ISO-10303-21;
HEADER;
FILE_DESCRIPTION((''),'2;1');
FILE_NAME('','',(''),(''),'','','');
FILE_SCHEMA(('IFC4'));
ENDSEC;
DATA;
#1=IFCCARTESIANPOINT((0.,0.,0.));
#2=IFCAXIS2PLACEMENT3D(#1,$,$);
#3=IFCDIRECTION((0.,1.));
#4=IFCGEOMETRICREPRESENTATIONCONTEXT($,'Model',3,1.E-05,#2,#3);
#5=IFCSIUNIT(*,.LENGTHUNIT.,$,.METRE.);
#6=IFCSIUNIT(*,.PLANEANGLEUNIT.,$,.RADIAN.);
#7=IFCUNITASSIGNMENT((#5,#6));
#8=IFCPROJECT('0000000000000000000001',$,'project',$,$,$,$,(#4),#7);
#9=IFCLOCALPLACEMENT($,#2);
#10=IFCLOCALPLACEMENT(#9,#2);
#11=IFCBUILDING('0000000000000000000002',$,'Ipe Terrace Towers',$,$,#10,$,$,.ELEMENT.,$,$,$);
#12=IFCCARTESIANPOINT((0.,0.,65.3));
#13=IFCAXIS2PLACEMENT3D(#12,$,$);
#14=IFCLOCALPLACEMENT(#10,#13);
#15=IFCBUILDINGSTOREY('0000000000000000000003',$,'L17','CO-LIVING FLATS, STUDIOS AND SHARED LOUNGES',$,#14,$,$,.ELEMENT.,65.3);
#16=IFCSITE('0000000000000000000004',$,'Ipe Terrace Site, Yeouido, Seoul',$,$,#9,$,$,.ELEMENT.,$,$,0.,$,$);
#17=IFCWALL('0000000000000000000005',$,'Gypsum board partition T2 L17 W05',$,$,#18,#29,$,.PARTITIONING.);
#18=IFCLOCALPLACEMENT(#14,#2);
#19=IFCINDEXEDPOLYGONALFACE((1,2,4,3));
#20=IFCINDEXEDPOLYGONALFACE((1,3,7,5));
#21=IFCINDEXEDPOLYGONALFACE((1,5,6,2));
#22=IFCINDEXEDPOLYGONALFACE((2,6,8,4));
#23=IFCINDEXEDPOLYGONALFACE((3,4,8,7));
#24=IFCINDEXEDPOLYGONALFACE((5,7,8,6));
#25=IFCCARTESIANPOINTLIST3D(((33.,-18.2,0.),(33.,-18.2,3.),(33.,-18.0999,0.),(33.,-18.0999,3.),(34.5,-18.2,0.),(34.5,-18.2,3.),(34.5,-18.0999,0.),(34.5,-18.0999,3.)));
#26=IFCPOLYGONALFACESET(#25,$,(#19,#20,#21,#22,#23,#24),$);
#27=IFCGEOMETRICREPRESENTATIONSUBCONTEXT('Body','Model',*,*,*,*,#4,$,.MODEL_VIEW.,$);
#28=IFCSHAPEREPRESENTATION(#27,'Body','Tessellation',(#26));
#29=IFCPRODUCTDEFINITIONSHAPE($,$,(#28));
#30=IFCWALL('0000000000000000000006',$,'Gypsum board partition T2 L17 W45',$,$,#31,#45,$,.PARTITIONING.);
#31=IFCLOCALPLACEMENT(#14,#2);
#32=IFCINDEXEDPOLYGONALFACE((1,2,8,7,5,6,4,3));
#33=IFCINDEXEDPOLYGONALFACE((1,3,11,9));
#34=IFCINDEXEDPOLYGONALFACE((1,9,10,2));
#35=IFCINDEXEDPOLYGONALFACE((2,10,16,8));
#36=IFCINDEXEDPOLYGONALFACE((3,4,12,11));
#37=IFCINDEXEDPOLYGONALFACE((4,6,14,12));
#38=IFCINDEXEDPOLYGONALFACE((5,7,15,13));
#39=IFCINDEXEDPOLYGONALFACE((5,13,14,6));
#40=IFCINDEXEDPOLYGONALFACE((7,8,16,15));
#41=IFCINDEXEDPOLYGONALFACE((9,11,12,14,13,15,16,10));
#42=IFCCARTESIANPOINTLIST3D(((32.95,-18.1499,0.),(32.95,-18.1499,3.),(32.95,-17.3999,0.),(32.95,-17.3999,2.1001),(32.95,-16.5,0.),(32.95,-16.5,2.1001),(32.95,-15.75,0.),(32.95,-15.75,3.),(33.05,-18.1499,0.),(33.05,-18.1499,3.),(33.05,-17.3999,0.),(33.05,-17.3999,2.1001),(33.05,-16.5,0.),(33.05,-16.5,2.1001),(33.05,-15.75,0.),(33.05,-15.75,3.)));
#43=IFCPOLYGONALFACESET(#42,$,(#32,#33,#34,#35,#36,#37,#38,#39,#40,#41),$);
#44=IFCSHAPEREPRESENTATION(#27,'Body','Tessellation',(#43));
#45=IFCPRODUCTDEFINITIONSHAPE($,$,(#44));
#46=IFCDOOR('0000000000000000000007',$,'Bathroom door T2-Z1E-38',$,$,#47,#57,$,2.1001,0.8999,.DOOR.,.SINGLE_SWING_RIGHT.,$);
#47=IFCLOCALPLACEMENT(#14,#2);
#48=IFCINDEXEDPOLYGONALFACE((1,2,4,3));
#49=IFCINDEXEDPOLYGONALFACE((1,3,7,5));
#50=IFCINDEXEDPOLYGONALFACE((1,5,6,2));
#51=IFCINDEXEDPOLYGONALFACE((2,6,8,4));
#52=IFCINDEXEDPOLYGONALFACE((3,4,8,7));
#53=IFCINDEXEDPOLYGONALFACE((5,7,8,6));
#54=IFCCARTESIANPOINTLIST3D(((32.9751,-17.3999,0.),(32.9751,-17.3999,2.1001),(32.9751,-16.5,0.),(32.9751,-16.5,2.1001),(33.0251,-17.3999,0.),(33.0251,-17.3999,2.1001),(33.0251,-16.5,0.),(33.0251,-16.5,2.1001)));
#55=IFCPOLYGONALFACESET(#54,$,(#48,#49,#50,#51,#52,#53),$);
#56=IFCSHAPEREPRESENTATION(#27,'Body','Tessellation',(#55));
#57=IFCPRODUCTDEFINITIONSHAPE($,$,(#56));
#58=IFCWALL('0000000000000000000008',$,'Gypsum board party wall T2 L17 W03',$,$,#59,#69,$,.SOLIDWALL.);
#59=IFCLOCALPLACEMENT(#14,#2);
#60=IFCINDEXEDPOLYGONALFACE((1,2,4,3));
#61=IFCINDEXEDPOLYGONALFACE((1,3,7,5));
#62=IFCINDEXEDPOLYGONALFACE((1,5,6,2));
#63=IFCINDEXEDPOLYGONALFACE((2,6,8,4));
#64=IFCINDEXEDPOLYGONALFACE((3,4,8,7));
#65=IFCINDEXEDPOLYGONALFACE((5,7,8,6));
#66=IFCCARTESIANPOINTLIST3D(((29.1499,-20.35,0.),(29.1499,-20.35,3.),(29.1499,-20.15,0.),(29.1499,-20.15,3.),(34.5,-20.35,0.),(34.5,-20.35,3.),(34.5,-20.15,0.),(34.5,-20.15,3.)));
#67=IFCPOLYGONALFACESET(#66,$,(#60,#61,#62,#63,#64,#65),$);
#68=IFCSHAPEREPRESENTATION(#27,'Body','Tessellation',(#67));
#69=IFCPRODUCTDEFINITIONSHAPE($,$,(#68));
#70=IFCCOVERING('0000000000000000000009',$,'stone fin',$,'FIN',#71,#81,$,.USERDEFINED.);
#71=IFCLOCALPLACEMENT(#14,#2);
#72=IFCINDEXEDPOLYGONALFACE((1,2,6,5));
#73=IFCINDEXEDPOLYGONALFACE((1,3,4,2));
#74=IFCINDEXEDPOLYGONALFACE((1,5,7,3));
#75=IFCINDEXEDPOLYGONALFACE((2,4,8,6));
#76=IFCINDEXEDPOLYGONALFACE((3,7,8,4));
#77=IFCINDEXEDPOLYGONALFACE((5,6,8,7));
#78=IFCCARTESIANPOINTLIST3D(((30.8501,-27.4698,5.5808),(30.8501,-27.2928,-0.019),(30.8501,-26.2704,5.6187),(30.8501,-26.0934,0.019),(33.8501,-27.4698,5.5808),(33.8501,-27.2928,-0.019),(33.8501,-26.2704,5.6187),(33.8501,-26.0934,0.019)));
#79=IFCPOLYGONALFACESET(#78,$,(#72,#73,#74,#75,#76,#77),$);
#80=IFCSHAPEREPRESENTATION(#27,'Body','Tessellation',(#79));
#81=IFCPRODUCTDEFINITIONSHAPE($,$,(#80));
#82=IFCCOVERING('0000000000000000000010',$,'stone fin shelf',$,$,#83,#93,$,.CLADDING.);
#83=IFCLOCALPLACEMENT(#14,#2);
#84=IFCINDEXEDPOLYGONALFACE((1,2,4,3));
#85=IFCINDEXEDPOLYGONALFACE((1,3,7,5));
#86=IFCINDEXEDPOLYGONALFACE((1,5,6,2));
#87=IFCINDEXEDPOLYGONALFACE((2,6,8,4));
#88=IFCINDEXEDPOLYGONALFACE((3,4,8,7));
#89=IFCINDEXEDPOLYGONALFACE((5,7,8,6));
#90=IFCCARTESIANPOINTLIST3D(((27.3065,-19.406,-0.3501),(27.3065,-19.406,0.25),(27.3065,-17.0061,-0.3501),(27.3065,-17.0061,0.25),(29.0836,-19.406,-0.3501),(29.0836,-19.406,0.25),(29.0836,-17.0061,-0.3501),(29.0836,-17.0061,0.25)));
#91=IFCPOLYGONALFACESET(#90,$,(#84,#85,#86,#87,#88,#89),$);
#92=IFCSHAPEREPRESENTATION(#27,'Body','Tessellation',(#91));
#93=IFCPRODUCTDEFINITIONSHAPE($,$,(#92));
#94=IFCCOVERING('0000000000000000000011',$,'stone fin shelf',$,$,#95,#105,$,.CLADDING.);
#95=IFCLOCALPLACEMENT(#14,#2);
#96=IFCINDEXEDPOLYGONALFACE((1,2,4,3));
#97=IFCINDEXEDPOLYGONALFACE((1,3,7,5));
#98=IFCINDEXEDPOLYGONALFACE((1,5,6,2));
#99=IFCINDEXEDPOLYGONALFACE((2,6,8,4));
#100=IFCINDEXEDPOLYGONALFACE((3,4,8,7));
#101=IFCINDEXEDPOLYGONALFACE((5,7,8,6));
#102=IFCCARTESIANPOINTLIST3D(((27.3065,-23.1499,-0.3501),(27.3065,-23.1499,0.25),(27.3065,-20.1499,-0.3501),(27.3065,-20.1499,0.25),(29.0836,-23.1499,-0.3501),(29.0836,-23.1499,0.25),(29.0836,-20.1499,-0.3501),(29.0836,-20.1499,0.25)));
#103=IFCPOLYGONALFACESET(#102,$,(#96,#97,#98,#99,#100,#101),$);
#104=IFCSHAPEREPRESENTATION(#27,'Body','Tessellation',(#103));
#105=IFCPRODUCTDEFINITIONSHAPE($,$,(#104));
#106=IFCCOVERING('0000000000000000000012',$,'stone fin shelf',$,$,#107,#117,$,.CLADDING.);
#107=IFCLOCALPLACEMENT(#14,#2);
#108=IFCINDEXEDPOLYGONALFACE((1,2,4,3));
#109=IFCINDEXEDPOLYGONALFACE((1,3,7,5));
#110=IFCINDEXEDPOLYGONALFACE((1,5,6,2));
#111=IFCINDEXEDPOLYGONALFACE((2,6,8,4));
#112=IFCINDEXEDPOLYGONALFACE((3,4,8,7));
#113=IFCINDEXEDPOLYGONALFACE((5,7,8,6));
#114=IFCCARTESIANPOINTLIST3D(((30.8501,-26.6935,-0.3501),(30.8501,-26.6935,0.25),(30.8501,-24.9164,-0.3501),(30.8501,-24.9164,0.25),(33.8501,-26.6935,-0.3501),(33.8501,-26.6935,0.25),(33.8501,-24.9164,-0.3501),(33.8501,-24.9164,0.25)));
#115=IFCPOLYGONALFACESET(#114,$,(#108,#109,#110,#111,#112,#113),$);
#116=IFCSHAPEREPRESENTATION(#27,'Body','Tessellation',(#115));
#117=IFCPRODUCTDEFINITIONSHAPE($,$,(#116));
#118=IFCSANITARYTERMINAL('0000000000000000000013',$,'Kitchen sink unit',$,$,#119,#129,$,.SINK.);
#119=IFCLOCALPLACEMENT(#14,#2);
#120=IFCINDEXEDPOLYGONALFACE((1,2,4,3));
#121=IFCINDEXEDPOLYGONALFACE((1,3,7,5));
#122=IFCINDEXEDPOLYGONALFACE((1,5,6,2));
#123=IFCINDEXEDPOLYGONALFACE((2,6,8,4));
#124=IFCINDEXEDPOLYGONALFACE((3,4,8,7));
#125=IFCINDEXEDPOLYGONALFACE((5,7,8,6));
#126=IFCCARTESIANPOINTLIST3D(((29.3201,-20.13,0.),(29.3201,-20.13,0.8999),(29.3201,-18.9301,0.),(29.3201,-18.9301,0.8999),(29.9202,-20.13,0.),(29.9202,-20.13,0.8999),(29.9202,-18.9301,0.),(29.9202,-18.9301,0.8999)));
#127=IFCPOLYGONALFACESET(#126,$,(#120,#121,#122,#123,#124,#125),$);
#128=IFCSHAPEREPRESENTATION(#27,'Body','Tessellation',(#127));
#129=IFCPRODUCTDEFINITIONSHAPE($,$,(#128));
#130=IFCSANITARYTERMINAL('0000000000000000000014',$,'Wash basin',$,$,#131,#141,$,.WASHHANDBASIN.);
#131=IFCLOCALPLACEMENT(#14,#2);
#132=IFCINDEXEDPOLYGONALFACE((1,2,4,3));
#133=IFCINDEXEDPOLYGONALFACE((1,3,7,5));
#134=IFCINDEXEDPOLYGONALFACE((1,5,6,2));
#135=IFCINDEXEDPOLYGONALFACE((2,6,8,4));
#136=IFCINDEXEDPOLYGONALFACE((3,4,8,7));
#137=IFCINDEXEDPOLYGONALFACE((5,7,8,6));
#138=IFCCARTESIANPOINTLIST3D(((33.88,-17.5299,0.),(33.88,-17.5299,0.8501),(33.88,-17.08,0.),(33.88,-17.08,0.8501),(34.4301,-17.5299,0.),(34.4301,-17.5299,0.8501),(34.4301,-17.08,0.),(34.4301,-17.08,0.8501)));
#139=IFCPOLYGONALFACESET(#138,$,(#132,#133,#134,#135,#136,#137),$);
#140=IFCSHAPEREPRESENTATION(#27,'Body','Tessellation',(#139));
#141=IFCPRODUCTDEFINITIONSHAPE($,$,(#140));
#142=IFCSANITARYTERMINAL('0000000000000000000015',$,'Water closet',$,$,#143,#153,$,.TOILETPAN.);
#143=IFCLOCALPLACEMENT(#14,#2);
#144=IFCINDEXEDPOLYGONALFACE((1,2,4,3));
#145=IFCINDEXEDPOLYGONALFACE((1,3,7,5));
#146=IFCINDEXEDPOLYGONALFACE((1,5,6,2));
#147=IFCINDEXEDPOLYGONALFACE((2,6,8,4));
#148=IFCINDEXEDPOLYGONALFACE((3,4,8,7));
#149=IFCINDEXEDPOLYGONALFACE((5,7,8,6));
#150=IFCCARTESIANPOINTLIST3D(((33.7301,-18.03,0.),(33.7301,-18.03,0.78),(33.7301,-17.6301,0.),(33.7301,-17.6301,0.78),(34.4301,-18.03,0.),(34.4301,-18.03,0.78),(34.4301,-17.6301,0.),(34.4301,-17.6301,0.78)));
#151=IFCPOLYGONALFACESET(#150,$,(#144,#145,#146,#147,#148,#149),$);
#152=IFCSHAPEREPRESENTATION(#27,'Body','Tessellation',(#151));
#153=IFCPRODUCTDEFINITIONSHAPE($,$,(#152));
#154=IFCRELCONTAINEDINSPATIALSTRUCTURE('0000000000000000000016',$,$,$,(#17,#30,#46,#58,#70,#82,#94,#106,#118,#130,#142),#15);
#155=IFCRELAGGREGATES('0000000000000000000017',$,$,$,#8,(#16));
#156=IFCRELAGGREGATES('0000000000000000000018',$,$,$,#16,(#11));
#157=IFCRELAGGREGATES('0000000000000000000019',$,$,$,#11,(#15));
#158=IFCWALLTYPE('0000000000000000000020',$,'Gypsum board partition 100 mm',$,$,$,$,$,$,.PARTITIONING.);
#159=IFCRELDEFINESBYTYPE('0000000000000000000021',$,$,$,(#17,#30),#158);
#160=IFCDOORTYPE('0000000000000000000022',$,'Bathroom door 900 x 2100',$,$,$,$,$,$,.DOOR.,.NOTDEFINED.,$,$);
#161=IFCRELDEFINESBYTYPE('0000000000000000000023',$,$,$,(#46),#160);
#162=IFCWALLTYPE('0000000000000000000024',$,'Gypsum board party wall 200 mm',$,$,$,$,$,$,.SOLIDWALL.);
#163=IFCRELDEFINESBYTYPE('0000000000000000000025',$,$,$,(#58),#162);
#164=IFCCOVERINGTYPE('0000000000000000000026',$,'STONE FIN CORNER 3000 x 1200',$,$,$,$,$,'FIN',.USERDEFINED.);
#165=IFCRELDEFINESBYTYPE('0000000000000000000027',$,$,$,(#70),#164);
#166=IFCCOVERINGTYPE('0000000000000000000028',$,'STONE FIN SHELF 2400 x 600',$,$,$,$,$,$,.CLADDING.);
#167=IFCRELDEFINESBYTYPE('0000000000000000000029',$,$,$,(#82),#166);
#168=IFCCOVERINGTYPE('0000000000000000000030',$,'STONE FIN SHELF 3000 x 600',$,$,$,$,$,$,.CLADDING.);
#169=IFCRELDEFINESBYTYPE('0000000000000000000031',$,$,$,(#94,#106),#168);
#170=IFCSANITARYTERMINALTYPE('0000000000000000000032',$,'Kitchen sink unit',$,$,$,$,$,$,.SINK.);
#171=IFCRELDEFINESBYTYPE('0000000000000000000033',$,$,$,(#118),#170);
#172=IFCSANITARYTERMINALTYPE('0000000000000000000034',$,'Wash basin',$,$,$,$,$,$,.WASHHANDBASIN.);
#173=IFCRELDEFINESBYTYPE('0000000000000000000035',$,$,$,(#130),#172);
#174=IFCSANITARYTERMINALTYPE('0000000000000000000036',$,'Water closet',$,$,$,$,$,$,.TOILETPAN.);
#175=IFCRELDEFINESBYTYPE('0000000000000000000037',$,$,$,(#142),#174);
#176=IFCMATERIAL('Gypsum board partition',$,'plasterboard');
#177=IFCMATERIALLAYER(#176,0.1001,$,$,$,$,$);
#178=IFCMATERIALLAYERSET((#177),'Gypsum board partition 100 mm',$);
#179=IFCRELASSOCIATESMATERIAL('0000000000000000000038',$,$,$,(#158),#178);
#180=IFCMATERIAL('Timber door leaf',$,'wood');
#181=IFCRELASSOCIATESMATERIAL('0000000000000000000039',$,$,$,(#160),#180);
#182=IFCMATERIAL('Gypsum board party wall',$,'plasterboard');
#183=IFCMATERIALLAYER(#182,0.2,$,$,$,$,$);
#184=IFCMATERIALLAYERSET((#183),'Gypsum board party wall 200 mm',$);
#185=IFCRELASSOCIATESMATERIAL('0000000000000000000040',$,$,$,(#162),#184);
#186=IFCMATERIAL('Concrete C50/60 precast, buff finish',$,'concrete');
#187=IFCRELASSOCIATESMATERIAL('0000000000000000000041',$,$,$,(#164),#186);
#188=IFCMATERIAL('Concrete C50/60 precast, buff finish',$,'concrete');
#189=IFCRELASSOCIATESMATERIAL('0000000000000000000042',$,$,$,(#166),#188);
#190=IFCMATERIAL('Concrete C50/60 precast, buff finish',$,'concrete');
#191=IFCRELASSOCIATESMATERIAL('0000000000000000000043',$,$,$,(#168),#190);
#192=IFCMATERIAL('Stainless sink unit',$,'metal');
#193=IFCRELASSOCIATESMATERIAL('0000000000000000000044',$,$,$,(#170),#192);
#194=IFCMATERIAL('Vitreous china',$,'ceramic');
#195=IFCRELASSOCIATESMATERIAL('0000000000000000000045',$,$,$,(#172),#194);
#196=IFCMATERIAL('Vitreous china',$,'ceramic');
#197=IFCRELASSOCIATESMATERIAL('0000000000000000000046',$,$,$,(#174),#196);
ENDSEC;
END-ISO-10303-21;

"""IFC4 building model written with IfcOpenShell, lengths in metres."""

from ifc_helpers import new_model, si_unit, direction, frame, frame_2d, origin, origin_2d, place, context, subcontext, project, spatial, rectangle, extrude, material, layer, layer_set, material_profile, profile_set, type_object, element, fill, save


model = new_model("IFC4")

# Units and contexts
model_context = context("Model", 3, precision=1e-05, world=origin(), true_north=direction((0.0, 1.0)))
body_context = subcontext(model_context, "Body", "Model", "MODEL_VIEW")
ifc_project = project(units=[si_unit("LENGTHUNIT", "METRE"), si_unit("PLANEANGLEUNIT", "RADIAN")], contexts=[model_context])

# Site, building, storey
site_placement = place(None, origin())
site = spatial("IfcSite", under=ifc_project, at=site_placement, Name="Ipe Terrace Site, Yeouido, Seoul", CompositionType="ELEMENT", RefElevation=0.0)
building_placement = place(site_placement, origin())
building = spatial("IfcBuilding", under=site, at=building_placement, Name="Ipe Terrace Towers", CompositionType="ELEMENT")
storey_placement = place(building_placement, frame((0.0, 0.0, 65.3)))
storey = spatial("IfcBuildingStorey", under=building, at=storey_placement, Name="L17", Description="CO-LIVING FLATS, STUDIOS AND SHARED LOUNGES", CompositionType="ELEMENT", Elevation=65.3)

# Wall
ifc_material_1 = material(Name="Gypsum board partition", Category="plasterboard")
ifc_layer_1 = layer(ifc_material_1, 0.1001)
ifc_layer_set_1 = layer_set([ifc_layer_1], Name="Gypsum board partition 100 mm")
wall_type_1 = type_object("IfcWallType", Name="Gypsum board partition 100 mm", PredefinedType="PARTITIONING", material=ifc_layer_set_1)
wall_1_placement = place(storey_placement, frame((34.5, -18.1499, 0.0), z_axis=(0.0, 0.0, 1.0), x_axis=(-1.0, 0.0, 0.0)))
element("IfcWall", 1, at=wall_1_placement, inside=storey, type_object=wall_type_1, Name="Gypsum board partition T2 L17 W05", PredefinedType="PARTITIONING", context=body_context, shape_type="SweptSolid", body=[
    extrude(rectangle(XDim=1.5, YDim=0.1001, at=frame_2d((0.75, 0.0))), origin(), (0.0, 0.0, 1.0), 3.0),
])

# Wall, opening, door
wall_2_placement = place(storey_placement, frame((33.0, -18.1499, 0.0), z_axis=(0.0, 0.0, 1.0), x_axis=(0.0, 1.0, 0.0)))
wall_2 = element("IfcWall", 2, at=wall_2_placement, inside=storey, type_object=wall_type_1, Name="Gypsum board partition T2 L17 W45", PredefinedType="PARTITIONING", context=body_context, shape_type="SweptSolid", body=[
    extrude(rectangle(XDim=2.3999, YDim=0.1001, at=frame_2d((1.2, 0.0))), origin(), (0.0, 0.0, 1.0), 3.0),
])
opening_placement = place(wall_2_placement, frame((0.75, 0.0, 0.0)))
opening = element("IfcOpeningElement", 3, at=opening_placement, cuts=wall_2, PredefinedType="OPENING", context=body_context, shape_type="SweptSolid", body=[
    extrude(rectangle(XDim=0.8999, YDim=2.1001, at=frame_2d((0.45, 1.05))), frame((0.0, 0.0601, 0.0), z_axis=(0.0, -1.0, 0.0), x_axis=(1.0, 0.0, 0.0)), (0.0, 0.0, 1.0), 0.1201),
])
ifc_material_2 = material(Name="Timber door leaf", Category="wood")
door_type = type_object("IfcDoorType", Name="Bathroom door 900 x 2100", OperationType="NOTDEFINED", PredefinedType="DOOR", material=ifc_material_2)
door_placement = place(opening_placement, origin())
door = element("IfcDoor", 4, at=door_placement, inside=storey, type_object=door_type, Name="Bathroom door T2-Z1E-38", OperationType="SINGLE_SWING_RIGHT", OverallHeight=2.1001, OverallWidth=0.8999, PredefinedType="DOOR", context=body_context, shape_type="SweptSolid", body=[
    extrude(rectangle(XDim=0.8999, YDim=2.1001, at=frame_2d((0.45, 1.05))), frame((0.0, 0.0249, 0.0), z_axis=(0.0, -1.0, 0.0), x_axis=(1.0, 0.0, 0.0)), (0.0, 0.0, 1.0), 0.05),
])
fill(opening, door)

# Wall
ifc_material_3 = material(Name="Gypsum board party wall", Category="plasterboard")
ifc_layer_2 = layer(ifc_material_3, 0.2)
ifc_layer_set_2 = layer_set([ifc_layer_2], Name="Gypsum board party wall 200 mm")
wall_type_2 = type_object("IfcWallType", Name="Gypsum board party wall 200 mm", PredefinedType="SOLIDWALL", material=ifc_layer_set_2)
wall_3_placement = place(storey_placement, frame((34.5, -20.25, 0.0), z_axis=(0.0, 0.0, 1.0), x_axis=(-1.0, 0.0, 0.0)))
element("IfcWall", 5, at=wall_3_placement, inside=storey, type_object=wall_type_2, Name="Gypsum board party wall T2 L17 W03", PredefinedType="SOLIDWALL", context=body_context, shape_type="SweptSolid", body=[
    extrude(rectangle(XDim=5.3501, YDim=0.2, at=frame_2d((2.675, 0.0))), origin(), (0.0, 0.0, 1.0), 3.0),
])

# Coverings
ifc_material_4 = material(Name="Concrete C50/60 precast, buff finish", Category="concrete")
ifc_material_profile_1 = material_profile(ifc_material_4, rectangle(XDim=3.0, YDim=1.2, at=origin_2d()), Name="STONE FIN CORNER 3000 x 1200")
ifc_profile_set_1 = profile_set([ifc_material_profile_1], Name="Concrete C50/60 precast, buff finish")
covering_type_1 = type_object("IfcCoveringType", Name="STONE FIN CORNER 3000 x 1200", ElementType="FIN", PredefinedType="USERDEFINED", material=ifc_profile_set_1)
covering_1_placement = place(storey_placement, frame((32.3501, -26.6931, 0.0), z_axis=(0.0, -0.031593, 0.999501), x_axis=(1.0, 0.0, 0.0)))
element("IfcCovering", 6, at=covering_1_placement, inside=storey, type_object=covering_type_1, Name="stone fin", ObjectType="FIN", PredefinedType="USERDEFINED", context=body_context, shape_type="SweptSolid", body=[
    extrude(rectangle(XDim=3.0, YDim=1.2, at=origin_2d()), origin(), (0.0, 0.0, 1.0), 5.6025),
])
ifc_material_5 = material(Name="Concrete C50/60 precast, buff finish", Category="concrete")
covering_type_2 = type_object("IfcCoveringType", Name="STONE FIN SHELF 2400 x 600", PredefinedType="CLADDING", material=ifc_material_5)
covering_2_placement = place(storey_placement, frame((28.1951, -18.2061, -0.3501), z_axis=(0.0, 0.0, 1.0), x_axis=(0.0, -1.0, 0.0)))
element("IfcCovering", 7, at=covering_2_placement, inside=storey, type_object=covering_type_2, Name="stone fin shelf", PredefinedType="CLADDING", context=body_context, shape_type="SweptSolid", body=[
    extrude(rectangle(XDim=2.3999, YDim=1.7771, at=origin_2d()), origin(), (0.0, 0.0, 1.0), 0.6001),
])
ifc_material_6 = material(Name="Concrete C50/60 precast, buff finish", Category="concrete")
covering_type_3 = type_object("IfcCoveringType", Name="STONE FIN SHELF 3000 x 600", PredefinedType="CLADDING", material=ifc_material_6)
for number, where, z_axis, x_axis, name in (
    (8, (28.1951, -21.6499, -0.3501), (0.0, 0.0, 1.0), (0.0, -1.0, 0.0), "stone fin shelf"),
    (9, (32.3501, -25.8049, -0.3501), (0.0, 0.0, 1.0), (1.0, 0.0, 0.0), "stone fin shelf"),
):
    element("IfcCovering", number, at=place(storey_placement, frame(where, z_axis=z_axis, x_axis=x_axis)), inside=storey, type_object=covering_type_3, Name=name, PredefinedType="CLADDING", context=body_context, shape_type="SweptSolid", body=[
        extrude(rectangle(XDim=3.0, YDim=1.7771, at=origin_2d()), origin(), (0.0, 0.0, 1.0), 0.6001),
    ])

# Sanitary terminals
ifc_material_7 = material(Name="Stainless sink unit", Category="metal")
sanitary_terminal_type_1 = type_object("IfcSanitaryTerminalType", Name="Kitchen sink unit", PredefinedType="SINK", material=ifc_material_7)
sanitary_terminal_1_placement = place(storey_placement, frame((29.6201, -19.53, 0.0), z_axis=(0.0, 0.0, 1.0), x_axis=(0.0, 1.0, 0.0)))
element("IfcSanitaryTerminal", 10, at=sanitary_terminal_1_placement, inside=storey, type_object=sanitary_terminal_type_1, Name="Kitchen sink unit", PredefinedType="SINK", context=body_context, shape_type="SweptSolid", body=[
    extrude(rectangle(XDim=1.2, YDim=0.6001, at=origin_2d()), origin(), (0.0, 0.0, 1.0), 0.8999),
])
ifc_material_8 = material(Name="Vitreous china", Category="ceramic")
sanitary_terminal_type_2 = type_object("IfcSanitaryTerminalType", Name="Wash basin", PredefinedType="WASHHANDBASIN", material=ifc_material_8)
sanitary_terminal_2_placement = place(storey_placement, frame((34.155, -17.3049, 0.0), z_axis=(0.0, 0.0, 1.0), x_axis=(-1.0, 0.0, 0.0)))
element("IfcSanitaryTerminal", 11, at=sanitary_terminal_2_placement, inside=storey, type_object=sanitary_terminal_type_2, Name="Wash basin", PredefinedType="WASHHANDBASIN", context=body_context, shape_type="SweptSolid", body=[
    extrude(rectangle(XDim=0.55, YDim=0.45, at=origin_2d()), origin(), (0.0, 0.0, 1.0), 0.8501),
])
ifc_material_9 = material(Name="Vitreous china", Category="ceramic")
sanitary_terminal_type_3 = type_object("IfcSanitaryTerminalType", Name="Water closet", PredefinedType="TOILETPAN", material=ifc_material_9)
sanitary_terminal_3_placement = place(storey_placement, frame((34.0801, -17.8301, 0.0), z_axis=(0.0, 0.0, 1.0), x_axis=(-1.0, 0.0, 0.0)))
element("IfcSanitaryTerminal", 12, at=sanitary_terminal_3_placement, inside=storey, type_object=sanitary_terminal_type_3, Name="Water closet", PredefinedType="TOILETPAN", context=body_context, shape_type="SweptSolid", body=[
    extrude(rectangle(XDim=0.7, YDim=0.3999, at=origin_2d()), origin(), (0.0, 0.0, 1.0), 0.78),
])

save(model, "model.ifc")
